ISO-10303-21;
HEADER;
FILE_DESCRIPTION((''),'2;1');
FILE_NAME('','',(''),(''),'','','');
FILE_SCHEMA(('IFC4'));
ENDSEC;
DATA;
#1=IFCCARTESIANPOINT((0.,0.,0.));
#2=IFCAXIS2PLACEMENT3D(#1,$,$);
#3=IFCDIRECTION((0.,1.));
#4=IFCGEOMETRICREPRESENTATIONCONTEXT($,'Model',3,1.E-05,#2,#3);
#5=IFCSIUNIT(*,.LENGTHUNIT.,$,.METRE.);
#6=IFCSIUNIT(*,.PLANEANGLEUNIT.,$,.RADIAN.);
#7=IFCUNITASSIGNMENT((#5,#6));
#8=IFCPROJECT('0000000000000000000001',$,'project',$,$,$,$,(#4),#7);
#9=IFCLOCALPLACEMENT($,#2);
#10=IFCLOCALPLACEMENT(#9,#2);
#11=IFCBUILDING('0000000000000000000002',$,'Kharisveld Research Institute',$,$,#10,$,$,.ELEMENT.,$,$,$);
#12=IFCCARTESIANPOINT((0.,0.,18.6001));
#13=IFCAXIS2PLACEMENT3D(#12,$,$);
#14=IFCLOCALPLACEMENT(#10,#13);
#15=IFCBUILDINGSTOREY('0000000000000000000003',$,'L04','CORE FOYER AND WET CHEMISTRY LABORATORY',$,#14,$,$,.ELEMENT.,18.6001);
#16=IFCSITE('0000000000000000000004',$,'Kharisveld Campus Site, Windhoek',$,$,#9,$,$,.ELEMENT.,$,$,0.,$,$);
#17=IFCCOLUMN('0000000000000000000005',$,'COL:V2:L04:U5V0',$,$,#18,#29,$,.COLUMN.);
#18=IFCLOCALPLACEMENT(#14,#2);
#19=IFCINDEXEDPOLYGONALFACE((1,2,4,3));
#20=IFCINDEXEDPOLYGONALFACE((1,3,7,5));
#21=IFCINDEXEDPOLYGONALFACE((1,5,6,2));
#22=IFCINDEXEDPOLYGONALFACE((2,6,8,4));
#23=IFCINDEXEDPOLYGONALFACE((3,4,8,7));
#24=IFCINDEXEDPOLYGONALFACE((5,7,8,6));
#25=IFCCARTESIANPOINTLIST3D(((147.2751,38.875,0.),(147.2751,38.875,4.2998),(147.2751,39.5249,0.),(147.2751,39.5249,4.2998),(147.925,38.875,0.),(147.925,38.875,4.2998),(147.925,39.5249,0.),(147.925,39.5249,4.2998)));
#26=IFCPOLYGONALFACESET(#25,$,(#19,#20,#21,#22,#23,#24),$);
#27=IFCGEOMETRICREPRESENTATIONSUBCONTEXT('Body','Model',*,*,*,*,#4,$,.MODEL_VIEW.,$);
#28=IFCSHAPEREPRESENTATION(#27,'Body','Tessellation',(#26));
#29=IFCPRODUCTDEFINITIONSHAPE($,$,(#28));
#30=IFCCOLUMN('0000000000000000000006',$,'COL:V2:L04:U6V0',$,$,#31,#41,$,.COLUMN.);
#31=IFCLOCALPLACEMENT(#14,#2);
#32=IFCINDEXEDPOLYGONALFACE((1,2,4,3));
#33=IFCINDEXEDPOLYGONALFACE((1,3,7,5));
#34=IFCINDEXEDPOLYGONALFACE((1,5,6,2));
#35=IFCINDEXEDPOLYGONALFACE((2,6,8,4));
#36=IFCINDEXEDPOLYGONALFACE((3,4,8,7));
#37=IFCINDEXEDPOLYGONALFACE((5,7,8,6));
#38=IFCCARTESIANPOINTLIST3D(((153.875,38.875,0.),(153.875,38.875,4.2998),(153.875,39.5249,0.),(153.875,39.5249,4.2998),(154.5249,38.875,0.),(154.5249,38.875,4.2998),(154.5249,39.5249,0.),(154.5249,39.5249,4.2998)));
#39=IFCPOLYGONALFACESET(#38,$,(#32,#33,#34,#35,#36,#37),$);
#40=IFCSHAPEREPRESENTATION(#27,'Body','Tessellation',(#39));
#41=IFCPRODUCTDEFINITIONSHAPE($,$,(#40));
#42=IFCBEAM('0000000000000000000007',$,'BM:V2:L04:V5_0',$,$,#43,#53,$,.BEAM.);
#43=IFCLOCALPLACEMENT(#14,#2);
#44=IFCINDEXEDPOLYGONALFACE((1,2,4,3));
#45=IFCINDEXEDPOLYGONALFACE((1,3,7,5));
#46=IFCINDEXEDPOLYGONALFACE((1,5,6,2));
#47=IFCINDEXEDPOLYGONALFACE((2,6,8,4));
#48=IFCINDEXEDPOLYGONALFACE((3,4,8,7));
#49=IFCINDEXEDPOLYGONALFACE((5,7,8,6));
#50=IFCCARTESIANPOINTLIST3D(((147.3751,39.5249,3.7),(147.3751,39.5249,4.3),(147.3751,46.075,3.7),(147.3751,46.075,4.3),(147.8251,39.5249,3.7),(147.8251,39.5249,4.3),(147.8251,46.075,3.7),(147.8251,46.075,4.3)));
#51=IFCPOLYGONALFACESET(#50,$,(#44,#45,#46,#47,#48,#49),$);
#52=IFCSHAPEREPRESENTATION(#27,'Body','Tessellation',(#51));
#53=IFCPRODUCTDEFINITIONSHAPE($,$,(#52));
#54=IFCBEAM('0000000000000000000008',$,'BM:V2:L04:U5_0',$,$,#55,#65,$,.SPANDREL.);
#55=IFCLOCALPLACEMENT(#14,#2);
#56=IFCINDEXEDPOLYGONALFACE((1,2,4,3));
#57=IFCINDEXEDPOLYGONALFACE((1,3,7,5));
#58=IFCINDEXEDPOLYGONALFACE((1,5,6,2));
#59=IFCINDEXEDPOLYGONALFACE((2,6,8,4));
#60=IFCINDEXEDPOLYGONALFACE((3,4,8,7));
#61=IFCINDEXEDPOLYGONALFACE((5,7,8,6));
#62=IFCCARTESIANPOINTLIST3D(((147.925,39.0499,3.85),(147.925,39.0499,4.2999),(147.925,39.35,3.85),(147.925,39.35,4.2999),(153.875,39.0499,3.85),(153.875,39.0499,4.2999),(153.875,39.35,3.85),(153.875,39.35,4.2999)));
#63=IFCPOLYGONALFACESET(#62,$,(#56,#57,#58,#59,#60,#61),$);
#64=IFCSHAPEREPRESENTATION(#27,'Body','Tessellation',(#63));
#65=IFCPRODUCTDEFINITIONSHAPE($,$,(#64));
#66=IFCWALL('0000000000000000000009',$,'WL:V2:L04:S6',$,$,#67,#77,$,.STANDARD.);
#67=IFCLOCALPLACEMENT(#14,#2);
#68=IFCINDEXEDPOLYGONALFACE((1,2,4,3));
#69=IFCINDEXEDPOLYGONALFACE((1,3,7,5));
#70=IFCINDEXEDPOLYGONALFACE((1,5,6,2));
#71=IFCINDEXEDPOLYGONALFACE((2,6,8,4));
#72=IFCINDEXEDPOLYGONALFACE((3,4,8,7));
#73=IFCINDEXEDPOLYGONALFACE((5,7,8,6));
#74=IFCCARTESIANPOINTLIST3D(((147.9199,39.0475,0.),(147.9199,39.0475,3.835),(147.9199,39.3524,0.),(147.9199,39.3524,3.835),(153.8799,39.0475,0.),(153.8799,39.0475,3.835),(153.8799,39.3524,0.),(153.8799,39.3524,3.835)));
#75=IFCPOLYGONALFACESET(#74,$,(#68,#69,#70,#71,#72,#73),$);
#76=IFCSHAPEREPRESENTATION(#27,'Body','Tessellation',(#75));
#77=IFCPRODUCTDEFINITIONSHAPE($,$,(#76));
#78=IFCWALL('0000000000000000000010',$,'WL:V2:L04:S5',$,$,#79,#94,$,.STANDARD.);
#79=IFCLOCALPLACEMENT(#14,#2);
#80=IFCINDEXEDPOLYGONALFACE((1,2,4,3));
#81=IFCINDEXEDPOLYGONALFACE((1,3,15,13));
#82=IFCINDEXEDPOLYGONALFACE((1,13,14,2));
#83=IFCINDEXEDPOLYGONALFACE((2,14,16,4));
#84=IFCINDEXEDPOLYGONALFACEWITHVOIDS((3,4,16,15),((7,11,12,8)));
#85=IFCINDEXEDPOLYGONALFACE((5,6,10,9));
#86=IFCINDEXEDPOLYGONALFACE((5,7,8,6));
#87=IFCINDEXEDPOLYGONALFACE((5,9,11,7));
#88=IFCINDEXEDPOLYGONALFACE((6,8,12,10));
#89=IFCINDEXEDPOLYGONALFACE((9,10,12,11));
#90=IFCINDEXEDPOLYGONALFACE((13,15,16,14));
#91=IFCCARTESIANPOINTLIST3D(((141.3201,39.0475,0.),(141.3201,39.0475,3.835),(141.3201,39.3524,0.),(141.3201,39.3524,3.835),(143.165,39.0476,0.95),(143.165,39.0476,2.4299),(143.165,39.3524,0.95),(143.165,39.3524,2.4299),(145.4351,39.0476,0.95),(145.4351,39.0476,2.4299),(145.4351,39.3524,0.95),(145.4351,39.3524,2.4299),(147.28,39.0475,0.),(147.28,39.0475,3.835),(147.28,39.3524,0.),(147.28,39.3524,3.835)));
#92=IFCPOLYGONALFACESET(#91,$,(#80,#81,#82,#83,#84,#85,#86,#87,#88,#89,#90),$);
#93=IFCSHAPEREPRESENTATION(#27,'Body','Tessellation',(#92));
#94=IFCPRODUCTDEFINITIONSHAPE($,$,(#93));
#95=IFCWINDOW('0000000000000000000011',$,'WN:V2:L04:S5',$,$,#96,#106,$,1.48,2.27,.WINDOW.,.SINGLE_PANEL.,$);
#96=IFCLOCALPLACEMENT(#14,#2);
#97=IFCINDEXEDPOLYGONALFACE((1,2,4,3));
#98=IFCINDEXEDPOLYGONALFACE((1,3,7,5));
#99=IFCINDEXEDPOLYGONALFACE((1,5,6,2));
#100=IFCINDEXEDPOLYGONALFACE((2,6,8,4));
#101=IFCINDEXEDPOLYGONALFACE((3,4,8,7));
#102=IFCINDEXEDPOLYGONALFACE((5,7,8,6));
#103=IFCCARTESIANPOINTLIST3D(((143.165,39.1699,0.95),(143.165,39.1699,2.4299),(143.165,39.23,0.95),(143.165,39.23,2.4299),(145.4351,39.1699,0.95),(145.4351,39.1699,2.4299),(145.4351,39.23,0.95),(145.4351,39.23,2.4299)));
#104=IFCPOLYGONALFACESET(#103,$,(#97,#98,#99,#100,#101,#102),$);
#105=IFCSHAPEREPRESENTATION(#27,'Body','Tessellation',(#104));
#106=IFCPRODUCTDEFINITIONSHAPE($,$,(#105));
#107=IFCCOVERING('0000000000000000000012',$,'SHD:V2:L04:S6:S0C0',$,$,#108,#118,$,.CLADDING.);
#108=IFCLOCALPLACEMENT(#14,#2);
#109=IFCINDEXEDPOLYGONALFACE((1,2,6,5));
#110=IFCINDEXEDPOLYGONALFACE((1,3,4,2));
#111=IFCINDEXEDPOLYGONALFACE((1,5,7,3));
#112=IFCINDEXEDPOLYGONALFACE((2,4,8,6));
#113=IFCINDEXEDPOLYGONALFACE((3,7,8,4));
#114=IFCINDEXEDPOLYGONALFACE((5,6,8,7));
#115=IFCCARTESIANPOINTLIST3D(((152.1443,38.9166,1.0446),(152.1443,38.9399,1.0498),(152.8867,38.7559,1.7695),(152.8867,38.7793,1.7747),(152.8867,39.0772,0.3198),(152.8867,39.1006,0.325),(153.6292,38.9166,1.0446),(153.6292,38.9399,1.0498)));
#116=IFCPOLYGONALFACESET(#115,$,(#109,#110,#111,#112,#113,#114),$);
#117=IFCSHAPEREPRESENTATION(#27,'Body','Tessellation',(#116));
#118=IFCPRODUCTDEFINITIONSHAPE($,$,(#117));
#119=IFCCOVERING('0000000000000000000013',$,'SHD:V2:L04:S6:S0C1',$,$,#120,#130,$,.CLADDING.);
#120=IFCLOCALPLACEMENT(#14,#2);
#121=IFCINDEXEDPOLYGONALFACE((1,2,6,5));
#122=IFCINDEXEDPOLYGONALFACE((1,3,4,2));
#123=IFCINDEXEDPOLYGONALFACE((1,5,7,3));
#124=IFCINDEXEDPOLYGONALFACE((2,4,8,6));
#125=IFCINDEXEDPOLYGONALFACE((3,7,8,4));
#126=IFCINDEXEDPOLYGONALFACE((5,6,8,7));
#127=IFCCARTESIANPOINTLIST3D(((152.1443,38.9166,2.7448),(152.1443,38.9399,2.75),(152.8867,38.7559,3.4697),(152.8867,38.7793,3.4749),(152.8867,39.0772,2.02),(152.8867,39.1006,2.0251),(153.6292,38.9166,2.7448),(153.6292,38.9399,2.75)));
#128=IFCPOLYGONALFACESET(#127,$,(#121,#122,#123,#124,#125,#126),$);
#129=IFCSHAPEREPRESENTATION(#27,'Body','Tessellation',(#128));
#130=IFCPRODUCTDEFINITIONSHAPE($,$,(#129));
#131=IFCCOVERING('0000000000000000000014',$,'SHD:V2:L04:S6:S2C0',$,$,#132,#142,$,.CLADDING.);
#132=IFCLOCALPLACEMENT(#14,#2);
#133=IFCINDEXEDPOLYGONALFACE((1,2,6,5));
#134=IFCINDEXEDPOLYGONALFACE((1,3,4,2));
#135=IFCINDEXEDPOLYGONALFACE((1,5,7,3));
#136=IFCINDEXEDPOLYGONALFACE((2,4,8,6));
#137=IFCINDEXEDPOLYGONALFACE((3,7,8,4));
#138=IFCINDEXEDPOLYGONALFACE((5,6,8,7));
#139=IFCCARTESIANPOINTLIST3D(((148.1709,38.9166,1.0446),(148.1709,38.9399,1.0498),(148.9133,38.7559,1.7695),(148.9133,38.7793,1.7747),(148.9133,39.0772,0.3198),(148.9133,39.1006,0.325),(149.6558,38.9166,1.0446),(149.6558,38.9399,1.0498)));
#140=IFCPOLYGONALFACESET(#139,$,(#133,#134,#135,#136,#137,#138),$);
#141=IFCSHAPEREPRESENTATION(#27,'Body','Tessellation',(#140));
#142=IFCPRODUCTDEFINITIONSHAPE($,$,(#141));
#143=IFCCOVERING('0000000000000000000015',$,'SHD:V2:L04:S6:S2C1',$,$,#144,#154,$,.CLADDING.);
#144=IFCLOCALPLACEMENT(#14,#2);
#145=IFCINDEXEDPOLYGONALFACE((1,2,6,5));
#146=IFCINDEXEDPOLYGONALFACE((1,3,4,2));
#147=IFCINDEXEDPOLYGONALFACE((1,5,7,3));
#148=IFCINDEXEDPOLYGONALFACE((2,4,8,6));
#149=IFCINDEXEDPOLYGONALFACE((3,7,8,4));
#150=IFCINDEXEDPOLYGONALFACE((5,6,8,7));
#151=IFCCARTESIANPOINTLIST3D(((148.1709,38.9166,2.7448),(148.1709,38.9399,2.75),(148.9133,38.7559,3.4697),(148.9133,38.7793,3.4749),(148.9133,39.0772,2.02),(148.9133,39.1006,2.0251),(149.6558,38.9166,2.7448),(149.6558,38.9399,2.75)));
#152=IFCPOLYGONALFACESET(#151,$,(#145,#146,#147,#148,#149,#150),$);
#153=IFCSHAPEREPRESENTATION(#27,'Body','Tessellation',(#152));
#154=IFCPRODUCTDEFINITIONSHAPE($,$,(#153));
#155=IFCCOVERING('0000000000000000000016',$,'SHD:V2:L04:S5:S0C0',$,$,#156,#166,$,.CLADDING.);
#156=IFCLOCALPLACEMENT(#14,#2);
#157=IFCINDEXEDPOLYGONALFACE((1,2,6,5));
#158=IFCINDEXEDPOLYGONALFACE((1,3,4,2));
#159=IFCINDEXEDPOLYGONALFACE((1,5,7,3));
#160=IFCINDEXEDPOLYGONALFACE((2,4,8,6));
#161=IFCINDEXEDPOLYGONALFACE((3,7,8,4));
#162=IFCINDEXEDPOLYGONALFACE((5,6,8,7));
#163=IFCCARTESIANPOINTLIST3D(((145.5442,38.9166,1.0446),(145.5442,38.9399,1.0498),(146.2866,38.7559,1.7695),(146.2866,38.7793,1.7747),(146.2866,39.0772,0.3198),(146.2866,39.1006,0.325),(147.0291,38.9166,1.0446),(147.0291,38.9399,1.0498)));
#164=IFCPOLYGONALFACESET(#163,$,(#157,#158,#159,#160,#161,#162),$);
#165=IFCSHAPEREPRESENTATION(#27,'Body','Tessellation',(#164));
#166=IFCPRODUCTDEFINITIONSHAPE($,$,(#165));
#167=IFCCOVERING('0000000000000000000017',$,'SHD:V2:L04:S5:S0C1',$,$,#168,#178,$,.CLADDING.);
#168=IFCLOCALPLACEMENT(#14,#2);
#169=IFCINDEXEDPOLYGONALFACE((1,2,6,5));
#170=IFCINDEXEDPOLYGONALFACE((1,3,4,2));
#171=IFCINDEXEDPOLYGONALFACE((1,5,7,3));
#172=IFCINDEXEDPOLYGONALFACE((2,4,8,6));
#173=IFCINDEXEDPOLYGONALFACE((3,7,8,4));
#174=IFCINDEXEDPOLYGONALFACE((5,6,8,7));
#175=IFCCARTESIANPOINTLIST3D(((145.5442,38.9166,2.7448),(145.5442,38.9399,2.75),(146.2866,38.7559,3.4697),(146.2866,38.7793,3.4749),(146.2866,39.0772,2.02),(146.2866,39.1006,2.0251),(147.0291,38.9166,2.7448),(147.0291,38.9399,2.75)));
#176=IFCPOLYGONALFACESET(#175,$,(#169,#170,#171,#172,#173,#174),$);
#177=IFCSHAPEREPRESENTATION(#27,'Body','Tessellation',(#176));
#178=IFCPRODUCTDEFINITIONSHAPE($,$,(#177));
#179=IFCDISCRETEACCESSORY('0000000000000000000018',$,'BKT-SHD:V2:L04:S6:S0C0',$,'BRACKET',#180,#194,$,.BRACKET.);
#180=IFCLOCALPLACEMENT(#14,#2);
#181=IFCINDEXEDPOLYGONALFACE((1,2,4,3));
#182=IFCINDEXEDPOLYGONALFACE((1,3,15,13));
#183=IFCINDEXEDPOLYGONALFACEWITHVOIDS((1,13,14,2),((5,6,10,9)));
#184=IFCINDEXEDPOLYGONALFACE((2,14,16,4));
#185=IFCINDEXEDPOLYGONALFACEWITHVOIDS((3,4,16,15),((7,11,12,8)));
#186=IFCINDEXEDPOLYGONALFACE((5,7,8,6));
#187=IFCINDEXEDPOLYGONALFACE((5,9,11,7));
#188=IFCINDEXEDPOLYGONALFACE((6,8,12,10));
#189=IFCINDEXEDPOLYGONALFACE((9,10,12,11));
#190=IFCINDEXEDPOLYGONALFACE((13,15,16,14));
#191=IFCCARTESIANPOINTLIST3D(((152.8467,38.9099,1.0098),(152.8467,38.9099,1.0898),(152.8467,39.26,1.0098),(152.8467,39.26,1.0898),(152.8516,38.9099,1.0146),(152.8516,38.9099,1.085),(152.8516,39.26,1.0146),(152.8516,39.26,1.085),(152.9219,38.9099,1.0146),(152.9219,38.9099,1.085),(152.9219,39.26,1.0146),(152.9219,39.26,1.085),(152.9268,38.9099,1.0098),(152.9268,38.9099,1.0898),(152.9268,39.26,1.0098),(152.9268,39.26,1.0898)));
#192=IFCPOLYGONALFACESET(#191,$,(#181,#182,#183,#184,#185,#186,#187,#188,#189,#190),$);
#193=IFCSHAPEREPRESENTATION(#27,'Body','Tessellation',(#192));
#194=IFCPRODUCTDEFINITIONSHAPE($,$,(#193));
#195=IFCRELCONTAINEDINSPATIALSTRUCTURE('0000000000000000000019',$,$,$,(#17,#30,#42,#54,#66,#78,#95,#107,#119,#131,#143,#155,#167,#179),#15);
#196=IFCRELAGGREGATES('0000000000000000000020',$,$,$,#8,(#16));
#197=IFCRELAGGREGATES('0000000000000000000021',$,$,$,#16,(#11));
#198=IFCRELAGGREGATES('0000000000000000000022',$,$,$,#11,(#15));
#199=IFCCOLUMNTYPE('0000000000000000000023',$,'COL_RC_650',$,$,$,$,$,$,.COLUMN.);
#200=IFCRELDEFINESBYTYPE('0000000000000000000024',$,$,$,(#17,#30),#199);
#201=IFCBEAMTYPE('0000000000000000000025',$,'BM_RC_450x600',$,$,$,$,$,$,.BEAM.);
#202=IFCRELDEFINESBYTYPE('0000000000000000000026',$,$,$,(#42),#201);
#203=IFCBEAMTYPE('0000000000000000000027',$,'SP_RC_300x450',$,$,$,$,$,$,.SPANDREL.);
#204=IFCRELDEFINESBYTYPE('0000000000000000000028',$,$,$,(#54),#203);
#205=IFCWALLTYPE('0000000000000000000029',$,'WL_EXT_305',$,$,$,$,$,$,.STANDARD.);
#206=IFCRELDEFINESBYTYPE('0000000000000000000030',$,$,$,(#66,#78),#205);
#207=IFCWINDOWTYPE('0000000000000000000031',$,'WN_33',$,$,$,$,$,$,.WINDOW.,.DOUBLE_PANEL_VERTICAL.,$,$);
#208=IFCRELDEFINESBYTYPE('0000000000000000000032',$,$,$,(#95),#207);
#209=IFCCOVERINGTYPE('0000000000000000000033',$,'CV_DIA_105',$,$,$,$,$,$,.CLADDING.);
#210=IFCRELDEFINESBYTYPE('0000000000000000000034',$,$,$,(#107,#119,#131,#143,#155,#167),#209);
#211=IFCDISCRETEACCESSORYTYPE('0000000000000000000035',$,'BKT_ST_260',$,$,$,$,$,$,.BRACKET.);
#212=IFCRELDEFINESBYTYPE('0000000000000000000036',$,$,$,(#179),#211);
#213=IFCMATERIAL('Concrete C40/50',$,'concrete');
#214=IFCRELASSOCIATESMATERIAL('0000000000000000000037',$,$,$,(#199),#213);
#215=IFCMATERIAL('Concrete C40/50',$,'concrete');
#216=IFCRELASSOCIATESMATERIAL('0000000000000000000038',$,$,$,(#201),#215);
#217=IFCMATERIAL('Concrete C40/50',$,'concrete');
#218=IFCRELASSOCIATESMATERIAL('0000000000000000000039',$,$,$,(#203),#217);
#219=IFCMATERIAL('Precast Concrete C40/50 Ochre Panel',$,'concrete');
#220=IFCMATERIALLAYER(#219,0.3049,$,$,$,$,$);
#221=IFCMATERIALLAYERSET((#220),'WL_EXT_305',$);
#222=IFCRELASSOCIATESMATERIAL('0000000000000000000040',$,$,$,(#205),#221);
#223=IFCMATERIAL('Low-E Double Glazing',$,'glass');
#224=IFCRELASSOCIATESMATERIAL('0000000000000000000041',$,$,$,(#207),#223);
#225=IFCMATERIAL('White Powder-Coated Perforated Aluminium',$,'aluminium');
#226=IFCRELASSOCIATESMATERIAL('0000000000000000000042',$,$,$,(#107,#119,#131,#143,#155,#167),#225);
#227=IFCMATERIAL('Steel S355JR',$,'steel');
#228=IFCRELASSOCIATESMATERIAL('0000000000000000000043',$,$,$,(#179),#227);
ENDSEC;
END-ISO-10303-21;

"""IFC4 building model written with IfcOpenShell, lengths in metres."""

from ifc_helpers import new_model, si_unit, direction, frame, frame_2d, origin, origin_2d, place, context, subcontext, project, spatial, polyline, rectangle, hollow_rectangle, outline, extrude, material, layer, layer_set, material_profile, profile_set, type_object, element, fill, save


model = new_model("IFC4")

# Units and contexts
model_context = context("Model", 3, precision=1e-05, world=origin(), true_north=direction((0.0, 1.0)))
body_context = subcontext(model_context, "Body", "Model", "MODEL_VIEW")
ifc_project = project(units=[si_unit("LENGTHUNIT", "METRE"), si_unit("PLANEANGLEUNIT", "RADIAN")], contexts=[model_context])

# Site, building, storey
site_placement = place(None, origin())
site = spatial("IfcSite", under=ifc_project, at=site_placement, Name="Kharisveld Campus Site, Windhoek", CompositionType="ELEMENT", RefElevation=0.0)
building_placement = place(site_placement, origin())
building = spatial("IfcBuilding", under=site, at=building_placement, Name="Kharisveld Research Institute", CompositionType="ELEMENT")
storey_placement = place(building_placement, frame((0.0, 0.0, 18.6001)))
storey = spatial("IfcBuildingStorey", under=building, at=storey_placement, Name="L04", Description="CORE FOYER AND WET CHEMISTRY LABORATORY", CompositionType="ELEMENT", Elevation=18.6001)

# Columns
ifc_material_1 = material(Name="Concrete C40/50", Category="concrete")
ifc_material_profile_1 = material_profile(ifc_material_1, rectangle(XDim=0.6499, YDim=0.6499, at=origin_2d()))
ifc_profile_set_1 = profile_set([ifc_material_profile_1], Name="Concrete C40/50")
column_type = type_object("IfcColumnType", Name="COL_RC_650", PredefinedType="COLUMN", material=ifc_profile_set_1)
for number, where, z_axis, x_axis, name in (
    (1, (147.6001, 39.2, 0.0), (0.0, 0.0, 1.0), (1.0, 0.0, 0.0), "COL:V2:L04:U5V0"),
    (2, (154.2, 39.2, 0.0), (0.0, 0.0, 1.0), (1.0, 0.0, 0.0), "COL:V2:L04:U6V0"),
):
    element("IfcColumn", number, at=place(storey_placement, frame(where, z_axis=z_axis, x_axis=x_axis)), inside=storey, type_object=column_type, Name=name, PredefinedType="COLUMN", context=body_context, shape_type="SweptSolid", body=[
        extrude(rectangle(XDim=0.6499, YDim=0.6499, at=origin_2d()), origin(), (0.0, 0.0, 1.0), 4.2998),
    ])

# Beams
ifc_material_2 = material(Name="Concrete C40/50", Category="concrete")
ifc_material_profile_2 = material_profile(ifc_material_2, rectangle(XDim=0.45, YDim=0.6001, at=origin_2d()))
ifc_profile_set_2 = profile_set([ifc_material_profile_2], Name="Concrete C40/50")
beam_type_1 = type_object("IfcBeamType", Name="BM_RC_450x600", PredefinedType="BEAM", material=ifc_profile_set_2)
beam_1_placement = place(storey_placement, frame((147.6001, 39.5249, 4.0), z_axis=(0.0, 1.0, 0.0), x_axis=(-1.0, 0.0, 0.0)))
element("IfcBeam", 3, at=beam_1_placement, inside=storey, type_object=beam_type_1, Name="BM:V2:L04:V5_0", PredefinedType="BEAM", context=body_context, shape_type="SweptSolid", body=[
    extrude(rectangle(XDim=0.45, YDim=0.6001, at=origin_2d()), origin(), (0.0, 0.0, 1.0), 6.55),
])
ifc_material_3 = material(Name="Concrete C40/50", Category="concrete")
ifc_material_profile_3 = material_profile(ifc_material_3, rectangle(XDim=0.3, YDim=0.45, at=origin_2d()))
ifc_profile_set_3 = profile_set([ifc_material_profile_3], Name="Concrete C40/50")
beam_type_2 = type_object("IfcBeamType", Name="SP_RC_300x450", PredefinedType="SPANDREL", material=ifc_profile_set_3)
beam_2_placement = place(storey_placement, frame((147.925, 39.2, 4.075), z_axis=(1.0, 0.0, 0.0), x_axis=(0.0, 1.0, 0.0)))
element("IfcBeam", 4, at=beam_2_placement, inside=storey, type_object=beam_type_2, Name="BM:V2:L04:U5_0", PredefinedType="SPANDREL", context=body_context, shape_type="SweptSolid", body=[
    extrude(rectangle(XDim=0.3, YDim=0.45, at=origin_2d()), origin(), (0.0, 0.0, 1.0), 5.95),
])

# Wall
ifc_material_4 = material(Name="Precast Concrete C40/50 Ochre Panel", Category="concrete")
ifc_layer = layer(ifc_material_4, 0.3049)
ifc_layer_set = layer_set([ifc_layer], Name="WL_EXT_305")
wall_type = type_object("IfcWallType", Name="WL_EXT_305", PredefinedType="STANDARD", material=ifc_layer_set)
wall_1_placement = place(storey_placement, frame((153.8799, 39.2, 0.0), z_axis=(0.0, 0.0, 1.0), x_axis=(-1.0, 0.0, 0.0)))
element("IfcWall", 5, at=wall_1_placement, inside=storey, type_object=wall_type, Name="WL:V2:L04:S6", PredefinedType="STANDARD", context=body_context, shape_type="SweptSolid", body=[
    extrude(rectangle(XDim=5.96, YDim=0.3049, at=frame_2d((2.98, 0.0))), origin(), (0.0, 0.0, 1.0), 3.835),
])

# Wall, opening, window
wall_2_placement = place(storey_placement, frame((147.28, 39.2, 0.0), z_axis=(0.0, 0.0, 1.0), x_axis=(-1.0, 0.0, 0.0)))
wall_2 = element("IfcWall", 6, at=wall_2_placement, inside=storey, type_object=wall_type, Name="WL:V2:L04:S5", PredefinedType="STANDARD", context=body_context, shape_type="SweptSolid", body=[
    extrude(rectangle(XDim=5.96, YDim=0.3049, at=frame_2d((2.98, 0.0))), origin(), (0.0, 0.0, 1.0), 3.835),
])
opening_placement = place(wall_2_placement, frame((1.845, 0.0, 0.95)))
opening = element("IfcOpeningElement", 7, at=opening_placement, cuts=wall_2, PredefinedType="OPENING", context=body_context, shape_type="SweptSolid", body=[
    extrude(rectangle(XDim=2.27, YDim=1.48, at=frame_2d((1.135, 0.74))), frame((0.0, 0.1523, 0.0), z_axis=(0.0, -1.0, 0.0), x_axis=(1.0, 0.0, 0.0)), (0.0, 0.0, 1.0), 0.3049),
])
ifc_material_5 = material(Name="Low-E Double Glazing", Category="glass")
window_type = type_object("IfcWindowType", Name="WN_33", PartitioningType="DOUBLE_PANEL_VERTICAL", PredefinedType="WINDOW", material=ifc_material_5)
window_placement = place(opening_placement, origin())
window = element("IfcWindow", 8, at=window_placement, inside=storey, type_object=window_type, Name="WN:V2:L04:S5", OverallHeight=1.48, OverallWidth=2.27, PartitioningType="SINGLE_PANEL", PredefinedType="WINDOW", context=body_context, shape_type="SweptSolid", body=[
    extrude(rectangle(XDim=2.27, YDim=1.48, at=frame_2d((1.135, 0.74))), frame((0.0, 0.03, 0.0), z_axis=(0.0, -1.0, 0.0), x_axis=(1.0, 0.0, 0.0)), (0.0, 0.0, 1.0), 0.0601),
])
fill(opening, window)

# Coverings
ifc_material_6 = material(Name="White Powder-Coated Perforated Aluminium", Category="aluminium")
covering_type = type_object("IfcCoveringType", Name="CV_DIA_105", PredefinedType="CLADDING")
for number, where, z_axis, x_axis, name in (
    (9, (152.8867, 39.1006, 0.325), (0.0, 0.976311, 0.216373), (-0.707102, -0.153, 0.69036), "SHD:V2:L04:S6:S0C0"),
    (10, (152.8867, 39.1006, 2.0251), (0.0, 0.976311, 0.216373), (-0.707102, -0.153, 0.69036), "SHD:V2:L04:S6:S0C1"),
    (11, (148.9133, 39.1006, 0.325), (0.0, 0.976311, 0.216373), (-0.707102, -0.153, 0.69036), "SHD:V2:L04:S6:S2C0"),
    (12, (148.9133, 39.1006, 2.0251), (0.0, 0.976311, 0.216373), (-0.707102, -0.153, 0.69036), "SHD:V2:L04:S6:S2C1"),
    (13, (146.2866, 39.1006, 0.325), (0.0, 0.976311, 0.216373), (-0.707102, -0.153, 0.69036), "SHD:V2:L04:S5:S0C0"),
    (14, (146.2866, 39.1006, 2.0251), (0.0, 0.976311, 0.216373), (-0.707102, -0.153, 0.69036), "SHD:V2:L04:S5:S0C1"),
):
    element("IfcCovering", number, at=place(storey_placement, frame(where, z_axis=z_axis, x_axis=x_axis)), inside=storey, type_object=covering_type, material=ifc_material_6, Name=name, PredefinedType="CLADDING", context=body_context, shape_type="SweptSolid", body=[
        extrude(outline(polyline([(0.0, 0.0), (1.05, 0.0), (1.05, 1.05), (0.0, 1.05), (0.0, 0.0)])), origin(), (0.0, 0.0, -1.0), 0.0239),
    ])

# Discrete accessory
ifc_material_7 = material(Name="Steel S355JR", Category="steel")
discrete_accessory_type = type_object("IfcDiscreteAccessoryType", Name="BKT_ST_260", PredefinedType="BRACKET")
for number, where, z_axis, x_axis, name in (
    (15, (152.8867, 39.26, 1.0498), (0.0, -1.0, 0.0), (1.0, 0.0, 0.0), "BKT-SHD:V2:L04:S6:S0C0"),
):
    element("IfcDiscreteAccessory", number, at=place(storey_placement, frame(where, z_axis=z_axis, x_axis=x_axis)), inside=storey, type_object=discrete_accessory_type, material=ifc_material_7, Name=name, ObjectType="BRACKET", PredefinedType="BRACKET", context=body_context, shape_type="SweptSolid", body=[
        extrude(hollow_rectangle(XDim=0.0801, YDim=0.0801, WallThickness=0.0049, at=origin_2d()), origin(), (0.0, 0.0, 1.0), 0.3501),
    ])

save(model, "model.ifc")
